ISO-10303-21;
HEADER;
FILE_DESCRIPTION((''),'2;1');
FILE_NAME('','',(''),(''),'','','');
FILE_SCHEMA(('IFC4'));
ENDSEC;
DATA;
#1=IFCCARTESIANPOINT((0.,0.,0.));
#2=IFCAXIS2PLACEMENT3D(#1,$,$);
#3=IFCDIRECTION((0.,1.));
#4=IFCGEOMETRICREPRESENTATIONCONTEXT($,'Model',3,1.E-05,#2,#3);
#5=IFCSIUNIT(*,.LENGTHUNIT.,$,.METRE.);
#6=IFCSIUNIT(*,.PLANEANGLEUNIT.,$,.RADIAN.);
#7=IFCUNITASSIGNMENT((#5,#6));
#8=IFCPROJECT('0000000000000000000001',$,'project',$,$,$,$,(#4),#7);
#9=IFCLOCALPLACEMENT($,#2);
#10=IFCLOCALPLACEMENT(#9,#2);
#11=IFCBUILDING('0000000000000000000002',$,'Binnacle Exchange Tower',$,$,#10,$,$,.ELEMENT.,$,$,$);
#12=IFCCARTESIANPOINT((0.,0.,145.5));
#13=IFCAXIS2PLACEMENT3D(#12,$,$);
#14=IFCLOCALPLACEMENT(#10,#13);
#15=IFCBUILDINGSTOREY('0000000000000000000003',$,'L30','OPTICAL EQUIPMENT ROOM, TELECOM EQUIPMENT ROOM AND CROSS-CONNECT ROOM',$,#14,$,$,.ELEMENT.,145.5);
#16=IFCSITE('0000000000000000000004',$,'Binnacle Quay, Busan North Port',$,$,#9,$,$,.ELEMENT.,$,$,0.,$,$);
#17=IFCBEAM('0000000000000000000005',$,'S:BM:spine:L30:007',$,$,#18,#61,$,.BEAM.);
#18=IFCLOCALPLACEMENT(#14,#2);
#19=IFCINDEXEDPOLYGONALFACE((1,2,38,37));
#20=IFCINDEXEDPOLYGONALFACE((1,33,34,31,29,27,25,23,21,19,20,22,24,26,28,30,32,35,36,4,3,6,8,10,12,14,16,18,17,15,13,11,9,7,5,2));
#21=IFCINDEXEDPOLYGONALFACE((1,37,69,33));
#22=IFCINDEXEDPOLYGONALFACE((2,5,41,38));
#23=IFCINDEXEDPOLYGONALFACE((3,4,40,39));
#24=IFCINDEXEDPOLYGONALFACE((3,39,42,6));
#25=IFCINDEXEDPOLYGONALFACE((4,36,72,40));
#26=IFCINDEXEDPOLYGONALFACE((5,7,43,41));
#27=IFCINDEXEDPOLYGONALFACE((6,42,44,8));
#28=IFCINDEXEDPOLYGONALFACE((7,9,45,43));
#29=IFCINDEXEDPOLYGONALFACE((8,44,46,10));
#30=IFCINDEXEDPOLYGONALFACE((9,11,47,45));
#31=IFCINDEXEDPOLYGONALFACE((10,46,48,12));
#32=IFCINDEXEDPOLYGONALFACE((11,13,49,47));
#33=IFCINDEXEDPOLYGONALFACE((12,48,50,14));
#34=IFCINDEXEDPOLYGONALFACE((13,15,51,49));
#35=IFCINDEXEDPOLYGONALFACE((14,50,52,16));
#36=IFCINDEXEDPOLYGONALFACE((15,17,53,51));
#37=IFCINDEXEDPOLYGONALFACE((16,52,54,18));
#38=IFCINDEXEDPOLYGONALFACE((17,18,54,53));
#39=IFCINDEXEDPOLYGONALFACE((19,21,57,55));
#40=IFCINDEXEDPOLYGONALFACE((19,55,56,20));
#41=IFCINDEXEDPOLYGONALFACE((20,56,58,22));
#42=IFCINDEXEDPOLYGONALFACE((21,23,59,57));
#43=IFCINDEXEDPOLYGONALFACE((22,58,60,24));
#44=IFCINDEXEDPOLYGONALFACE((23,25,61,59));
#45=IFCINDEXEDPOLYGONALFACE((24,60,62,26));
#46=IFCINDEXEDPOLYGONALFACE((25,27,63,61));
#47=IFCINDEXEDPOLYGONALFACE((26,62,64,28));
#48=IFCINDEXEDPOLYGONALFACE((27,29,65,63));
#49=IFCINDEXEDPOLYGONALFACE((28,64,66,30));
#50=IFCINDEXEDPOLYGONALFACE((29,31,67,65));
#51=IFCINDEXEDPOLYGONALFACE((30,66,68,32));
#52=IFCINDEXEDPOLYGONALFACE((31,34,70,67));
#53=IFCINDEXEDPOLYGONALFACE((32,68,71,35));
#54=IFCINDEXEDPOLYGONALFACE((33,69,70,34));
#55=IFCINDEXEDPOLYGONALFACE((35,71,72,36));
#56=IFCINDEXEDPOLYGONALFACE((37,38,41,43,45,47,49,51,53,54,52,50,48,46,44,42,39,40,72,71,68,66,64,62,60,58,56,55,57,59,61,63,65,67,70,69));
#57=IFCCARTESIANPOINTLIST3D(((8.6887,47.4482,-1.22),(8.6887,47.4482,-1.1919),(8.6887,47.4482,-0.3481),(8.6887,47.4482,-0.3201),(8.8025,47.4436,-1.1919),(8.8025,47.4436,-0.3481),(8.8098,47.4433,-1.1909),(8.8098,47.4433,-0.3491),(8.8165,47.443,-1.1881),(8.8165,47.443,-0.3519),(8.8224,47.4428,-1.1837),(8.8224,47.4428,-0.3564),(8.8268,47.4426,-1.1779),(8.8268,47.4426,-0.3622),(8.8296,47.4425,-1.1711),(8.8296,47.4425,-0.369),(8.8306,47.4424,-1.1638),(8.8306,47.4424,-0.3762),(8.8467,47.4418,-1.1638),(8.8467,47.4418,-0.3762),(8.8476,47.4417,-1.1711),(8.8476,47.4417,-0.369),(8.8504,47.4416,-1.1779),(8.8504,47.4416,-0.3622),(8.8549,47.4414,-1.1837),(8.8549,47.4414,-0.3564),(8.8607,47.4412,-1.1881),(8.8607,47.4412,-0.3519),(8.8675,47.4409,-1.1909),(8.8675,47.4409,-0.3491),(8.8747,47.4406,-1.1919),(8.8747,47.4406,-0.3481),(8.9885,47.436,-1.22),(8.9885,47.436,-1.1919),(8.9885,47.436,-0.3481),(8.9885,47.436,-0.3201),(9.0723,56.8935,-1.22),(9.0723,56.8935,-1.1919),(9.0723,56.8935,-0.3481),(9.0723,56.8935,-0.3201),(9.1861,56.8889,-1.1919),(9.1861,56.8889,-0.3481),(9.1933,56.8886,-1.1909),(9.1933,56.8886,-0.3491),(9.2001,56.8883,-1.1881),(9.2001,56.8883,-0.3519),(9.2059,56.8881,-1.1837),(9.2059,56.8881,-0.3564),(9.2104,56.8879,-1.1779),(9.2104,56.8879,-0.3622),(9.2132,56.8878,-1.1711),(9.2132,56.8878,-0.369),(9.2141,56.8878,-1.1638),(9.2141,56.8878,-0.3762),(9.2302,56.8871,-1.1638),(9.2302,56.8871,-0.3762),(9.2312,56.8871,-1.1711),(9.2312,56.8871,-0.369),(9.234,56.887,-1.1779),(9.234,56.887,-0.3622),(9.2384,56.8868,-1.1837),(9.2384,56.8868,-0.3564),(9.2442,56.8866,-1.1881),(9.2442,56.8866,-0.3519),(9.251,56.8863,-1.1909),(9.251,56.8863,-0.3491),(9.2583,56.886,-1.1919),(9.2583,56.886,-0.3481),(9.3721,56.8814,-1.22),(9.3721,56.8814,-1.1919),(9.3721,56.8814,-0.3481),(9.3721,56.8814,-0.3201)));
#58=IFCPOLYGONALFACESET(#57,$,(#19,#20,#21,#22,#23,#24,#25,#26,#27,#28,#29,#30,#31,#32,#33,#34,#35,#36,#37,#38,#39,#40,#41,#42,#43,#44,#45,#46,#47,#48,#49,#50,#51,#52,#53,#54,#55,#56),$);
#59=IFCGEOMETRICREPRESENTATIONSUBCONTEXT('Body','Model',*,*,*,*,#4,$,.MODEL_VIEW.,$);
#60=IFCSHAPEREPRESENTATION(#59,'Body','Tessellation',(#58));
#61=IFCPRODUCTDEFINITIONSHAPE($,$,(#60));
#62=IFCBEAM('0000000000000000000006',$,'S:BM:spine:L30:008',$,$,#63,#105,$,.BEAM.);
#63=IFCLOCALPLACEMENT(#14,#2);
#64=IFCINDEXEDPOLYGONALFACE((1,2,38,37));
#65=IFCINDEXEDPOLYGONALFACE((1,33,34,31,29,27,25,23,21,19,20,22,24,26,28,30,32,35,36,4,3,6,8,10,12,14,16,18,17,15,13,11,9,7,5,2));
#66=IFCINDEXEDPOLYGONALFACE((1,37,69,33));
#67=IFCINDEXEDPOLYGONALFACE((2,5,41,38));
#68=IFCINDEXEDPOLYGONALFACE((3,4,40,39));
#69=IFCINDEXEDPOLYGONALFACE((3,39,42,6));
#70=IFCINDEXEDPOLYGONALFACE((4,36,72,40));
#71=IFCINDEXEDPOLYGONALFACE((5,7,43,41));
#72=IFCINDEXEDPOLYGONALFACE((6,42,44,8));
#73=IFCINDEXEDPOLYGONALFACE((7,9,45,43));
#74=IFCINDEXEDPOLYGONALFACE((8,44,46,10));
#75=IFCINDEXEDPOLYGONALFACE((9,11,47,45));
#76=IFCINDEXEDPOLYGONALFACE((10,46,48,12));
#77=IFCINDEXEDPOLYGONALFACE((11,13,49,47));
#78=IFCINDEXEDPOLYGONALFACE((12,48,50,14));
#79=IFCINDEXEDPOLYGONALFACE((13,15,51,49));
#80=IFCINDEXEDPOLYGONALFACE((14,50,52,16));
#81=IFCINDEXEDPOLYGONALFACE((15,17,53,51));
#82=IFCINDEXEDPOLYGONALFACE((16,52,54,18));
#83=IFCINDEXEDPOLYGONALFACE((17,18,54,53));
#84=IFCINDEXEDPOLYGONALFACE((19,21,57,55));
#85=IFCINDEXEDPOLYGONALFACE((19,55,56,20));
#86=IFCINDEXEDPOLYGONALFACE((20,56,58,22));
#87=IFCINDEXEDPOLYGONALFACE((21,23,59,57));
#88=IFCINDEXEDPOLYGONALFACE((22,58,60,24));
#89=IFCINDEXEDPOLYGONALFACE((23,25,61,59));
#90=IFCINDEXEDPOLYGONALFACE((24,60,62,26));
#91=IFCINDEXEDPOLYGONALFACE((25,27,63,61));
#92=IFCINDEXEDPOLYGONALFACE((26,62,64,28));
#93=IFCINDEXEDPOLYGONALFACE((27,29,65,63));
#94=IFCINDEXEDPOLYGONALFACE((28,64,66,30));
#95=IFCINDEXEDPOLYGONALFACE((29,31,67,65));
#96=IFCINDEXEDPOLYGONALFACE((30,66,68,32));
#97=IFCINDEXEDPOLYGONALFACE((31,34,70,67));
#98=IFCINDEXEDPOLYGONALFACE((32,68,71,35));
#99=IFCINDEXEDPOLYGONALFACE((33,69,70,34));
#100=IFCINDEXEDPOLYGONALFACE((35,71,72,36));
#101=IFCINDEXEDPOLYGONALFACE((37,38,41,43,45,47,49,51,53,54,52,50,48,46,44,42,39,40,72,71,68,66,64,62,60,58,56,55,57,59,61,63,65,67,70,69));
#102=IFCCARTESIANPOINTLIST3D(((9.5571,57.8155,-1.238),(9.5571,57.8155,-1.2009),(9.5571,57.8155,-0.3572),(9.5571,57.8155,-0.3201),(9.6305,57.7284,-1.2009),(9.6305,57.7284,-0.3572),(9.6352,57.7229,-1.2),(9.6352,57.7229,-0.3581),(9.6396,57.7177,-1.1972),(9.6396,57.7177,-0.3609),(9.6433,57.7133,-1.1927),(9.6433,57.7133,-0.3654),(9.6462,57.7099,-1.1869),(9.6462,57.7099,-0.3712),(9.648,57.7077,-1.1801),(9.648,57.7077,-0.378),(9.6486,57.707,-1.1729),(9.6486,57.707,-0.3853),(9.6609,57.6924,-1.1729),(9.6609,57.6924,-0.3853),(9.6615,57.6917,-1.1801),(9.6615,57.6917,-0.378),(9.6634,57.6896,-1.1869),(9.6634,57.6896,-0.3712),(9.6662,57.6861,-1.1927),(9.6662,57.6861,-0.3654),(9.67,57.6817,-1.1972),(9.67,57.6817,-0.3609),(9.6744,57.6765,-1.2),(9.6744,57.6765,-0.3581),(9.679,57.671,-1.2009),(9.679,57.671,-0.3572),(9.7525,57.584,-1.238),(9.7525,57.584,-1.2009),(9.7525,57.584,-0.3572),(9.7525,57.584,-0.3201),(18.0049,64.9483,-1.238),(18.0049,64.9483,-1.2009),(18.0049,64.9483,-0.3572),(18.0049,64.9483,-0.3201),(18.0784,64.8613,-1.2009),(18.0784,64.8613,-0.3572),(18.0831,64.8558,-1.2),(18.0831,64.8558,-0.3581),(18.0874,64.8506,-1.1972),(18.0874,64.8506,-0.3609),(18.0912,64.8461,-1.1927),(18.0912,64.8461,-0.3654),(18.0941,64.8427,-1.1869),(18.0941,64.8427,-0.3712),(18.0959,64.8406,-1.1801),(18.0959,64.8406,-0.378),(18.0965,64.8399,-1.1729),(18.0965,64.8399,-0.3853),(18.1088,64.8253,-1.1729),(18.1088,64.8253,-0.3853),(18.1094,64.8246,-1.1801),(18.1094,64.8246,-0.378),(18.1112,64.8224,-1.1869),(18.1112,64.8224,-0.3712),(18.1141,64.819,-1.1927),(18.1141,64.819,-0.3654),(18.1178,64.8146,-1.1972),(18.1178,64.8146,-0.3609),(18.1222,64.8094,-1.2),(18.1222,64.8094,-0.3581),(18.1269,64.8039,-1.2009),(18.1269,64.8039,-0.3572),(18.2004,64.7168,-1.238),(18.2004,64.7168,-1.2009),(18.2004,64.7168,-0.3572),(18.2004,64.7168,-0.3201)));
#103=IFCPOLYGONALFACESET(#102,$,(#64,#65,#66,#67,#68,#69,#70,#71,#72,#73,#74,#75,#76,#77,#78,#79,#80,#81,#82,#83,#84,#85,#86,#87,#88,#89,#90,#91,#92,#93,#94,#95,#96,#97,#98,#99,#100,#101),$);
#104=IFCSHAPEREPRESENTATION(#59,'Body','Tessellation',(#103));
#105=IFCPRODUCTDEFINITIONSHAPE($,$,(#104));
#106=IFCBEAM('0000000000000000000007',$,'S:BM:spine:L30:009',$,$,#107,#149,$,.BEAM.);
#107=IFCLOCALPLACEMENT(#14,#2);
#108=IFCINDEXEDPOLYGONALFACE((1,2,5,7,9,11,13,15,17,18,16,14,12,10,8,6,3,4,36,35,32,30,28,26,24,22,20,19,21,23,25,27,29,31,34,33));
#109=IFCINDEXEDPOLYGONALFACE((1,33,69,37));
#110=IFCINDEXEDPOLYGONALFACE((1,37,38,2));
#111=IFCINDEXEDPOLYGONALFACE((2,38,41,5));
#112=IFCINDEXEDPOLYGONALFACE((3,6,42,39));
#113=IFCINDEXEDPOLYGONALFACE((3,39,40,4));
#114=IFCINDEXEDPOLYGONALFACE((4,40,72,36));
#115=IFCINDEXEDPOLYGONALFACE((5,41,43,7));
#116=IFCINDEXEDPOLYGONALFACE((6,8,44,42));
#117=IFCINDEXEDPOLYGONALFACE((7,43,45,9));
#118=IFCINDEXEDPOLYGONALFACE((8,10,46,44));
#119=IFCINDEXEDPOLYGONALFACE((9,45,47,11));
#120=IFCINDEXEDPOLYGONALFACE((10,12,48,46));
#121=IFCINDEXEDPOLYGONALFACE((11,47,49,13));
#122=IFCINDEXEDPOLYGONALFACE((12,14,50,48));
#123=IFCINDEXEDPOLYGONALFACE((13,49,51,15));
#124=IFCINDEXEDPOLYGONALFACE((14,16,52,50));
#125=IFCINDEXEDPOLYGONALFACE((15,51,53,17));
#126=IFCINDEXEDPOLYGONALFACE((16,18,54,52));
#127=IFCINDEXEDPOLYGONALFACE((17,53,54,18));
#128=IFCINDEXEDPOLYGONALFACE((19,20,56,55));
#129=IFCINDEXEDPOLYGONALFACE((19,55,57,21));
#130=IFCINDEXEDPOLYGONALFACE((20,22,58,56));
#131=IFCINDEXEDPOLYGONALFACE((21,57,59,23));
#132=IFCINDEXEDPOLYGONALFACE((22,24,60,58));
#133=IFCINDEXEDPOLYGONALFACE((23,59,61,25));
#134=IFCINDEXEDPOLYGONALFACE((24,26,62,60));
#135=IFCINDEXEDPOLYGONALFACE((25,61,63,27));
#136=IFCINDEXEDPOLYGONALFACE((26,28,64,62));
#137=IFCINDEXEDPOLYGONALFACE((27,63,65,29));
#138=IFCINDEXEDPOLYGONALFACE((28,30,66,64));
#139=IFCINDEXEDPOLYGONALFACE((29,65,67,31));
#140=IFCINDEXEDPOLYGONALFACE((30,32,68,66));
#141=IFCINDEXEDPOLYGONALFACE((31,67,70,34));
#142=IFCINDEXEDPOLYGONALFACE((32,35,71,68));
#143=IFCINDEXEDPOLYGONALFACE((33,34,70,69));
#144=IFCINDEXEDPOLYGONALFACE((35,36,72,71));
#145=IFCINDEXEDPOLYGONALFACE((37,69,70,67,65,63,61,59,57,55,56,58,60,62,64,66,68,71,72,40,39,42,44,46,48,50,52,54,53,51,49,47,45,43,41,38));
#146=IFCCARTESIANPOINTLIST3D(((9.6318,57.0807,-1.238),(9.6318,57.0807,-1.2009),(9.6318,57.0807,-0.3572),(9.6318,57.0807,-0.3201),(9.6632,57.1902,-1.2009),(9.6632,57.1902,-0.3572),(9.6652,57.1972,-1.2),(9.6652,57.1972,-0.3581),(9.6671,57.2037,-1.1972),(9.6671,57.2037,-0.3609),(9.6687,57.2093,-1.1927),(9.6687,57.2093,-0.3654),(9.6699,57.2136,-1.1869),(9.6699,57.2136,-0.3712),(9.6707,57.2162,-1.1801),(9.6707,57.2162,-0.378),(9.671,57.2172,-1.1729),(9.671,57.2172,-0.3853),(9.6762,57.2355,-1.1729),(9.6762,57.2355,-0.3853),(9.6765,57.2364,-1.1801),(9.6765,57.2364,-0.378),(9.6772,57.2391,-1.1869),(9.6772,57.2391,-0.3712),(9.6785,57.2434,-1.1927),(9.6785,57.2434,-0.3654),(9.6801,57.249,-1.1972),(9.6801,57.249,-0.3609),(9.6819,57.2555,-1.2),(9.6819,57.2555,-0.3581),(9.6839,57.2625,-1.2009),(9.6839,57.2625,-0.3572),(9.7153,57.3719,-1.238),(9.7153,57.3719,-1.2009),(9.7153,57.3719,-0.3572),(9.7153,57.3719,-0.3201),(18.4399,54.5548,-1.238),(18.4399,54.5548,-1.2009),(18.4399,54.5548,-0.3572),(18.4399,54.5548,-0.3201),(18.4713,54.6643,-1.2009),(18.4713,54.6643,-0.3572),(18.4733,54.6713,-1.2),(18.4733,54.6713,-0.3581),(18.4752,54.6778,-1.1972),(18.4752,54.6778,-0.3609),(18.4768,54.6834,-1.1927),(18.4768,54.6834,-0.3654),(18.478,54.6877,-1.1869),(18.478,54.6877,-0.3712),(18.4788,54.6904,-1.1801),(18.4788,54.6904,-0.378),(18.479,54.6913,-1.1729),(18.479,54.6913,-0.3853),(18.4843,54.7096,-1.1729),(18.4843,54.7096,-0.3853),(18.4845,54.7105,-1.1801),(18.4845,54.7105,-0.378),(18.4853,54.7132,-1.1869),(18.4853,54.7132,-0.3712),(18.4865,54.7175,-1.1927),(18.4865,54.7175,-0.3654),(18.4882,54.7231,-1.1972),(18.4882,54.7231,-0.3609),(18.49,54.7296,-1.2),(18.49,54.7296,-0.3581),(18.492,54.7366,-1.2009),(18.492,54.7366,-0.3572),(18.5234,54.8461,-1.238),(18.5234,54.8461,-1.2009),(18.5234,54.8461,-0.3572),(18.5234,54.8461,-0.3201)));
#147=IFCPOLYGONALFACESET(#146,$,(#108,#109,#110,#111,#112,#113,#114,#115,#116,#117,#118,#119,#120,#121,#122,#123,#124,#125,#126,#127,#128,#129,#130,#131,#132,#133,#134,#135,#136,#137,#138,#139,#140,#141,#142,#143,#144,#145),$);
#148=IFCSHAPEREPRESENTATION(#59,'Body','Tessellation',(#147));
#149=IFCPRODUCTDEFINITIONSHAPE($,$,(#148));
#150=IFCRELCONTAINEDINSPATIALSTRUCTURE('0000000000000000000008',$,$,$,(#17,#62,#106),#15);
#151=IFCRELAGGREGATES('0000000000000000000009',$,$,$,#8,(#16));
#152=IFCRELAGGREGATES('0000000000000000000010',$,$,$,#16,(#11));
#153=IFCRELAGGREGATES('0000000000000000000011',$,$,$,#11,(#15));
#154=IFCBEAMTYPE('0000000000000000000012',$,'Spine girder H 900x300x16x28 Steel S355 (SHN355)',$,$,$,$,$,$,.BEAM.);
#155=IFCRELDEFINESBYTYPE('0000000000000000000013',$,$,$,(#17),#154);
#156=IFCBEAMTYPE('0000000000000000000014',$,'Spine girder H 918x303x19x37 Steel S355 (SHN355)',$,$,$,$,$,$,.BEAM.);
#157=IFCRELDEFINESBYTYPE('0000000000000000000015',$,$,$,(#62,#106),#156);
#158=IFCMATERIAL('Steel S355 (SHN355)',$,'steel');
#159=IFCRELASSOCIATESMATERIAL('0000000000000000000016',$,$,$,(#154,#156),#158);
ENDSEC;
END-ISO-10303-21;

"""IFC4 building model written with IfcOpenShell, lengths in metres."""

from ifc_helpers import new_model, si_unit, direction, frame, origin, origin_2d, place, context, subcontext, project, spatial, i_section, extrude, material, material_profile, profile_set, type_object, element, save


model = new_model("IFC4")

# Units and contexts
model_context = context("Model", 3, precision=1e-05, world=origin(), true_north=direction((0.0, 1.0)))
body_context = subcontext(model_context, "Body", "Model", "MODEL_VIEW")
ifc_project = project(units=[si_unit("LENGTHUNIT", "METRE"), si_unit("PLANEANGLEUNIT", "RADIAN")], contexts=[model_context])

# Site, building, storey
site_placement = place(None, origin())
site = spatial("IfcSite", under=ifc_project, at=site_placement, Name="Binnacle Quay, Busan North Port", CompositionType="ELEMENT", RefElevation=0.0)
building_placement = place(site_placement, origin())
building = spatial("IfcBuilding", under=site, at=building_placement, Name="Binnacle Exchange Tower", CompositionType="ELEMENT")
storey_placement = place(building_placement, frame((0.0, 0.0, 145.5)))
storey = spatial("IfcBuildingStorey", under=building, at=storey_placement, Name="L30", Description="OPTICAL EQUIPMENT ROOM, TELECOM EQUIPMENT ROOM AND CROSS-CONNECT ROOM", CompositionType="ELEMENT", Elevation=145.5)

# Beams
ifc_material_1 = material(Name="Steel S355 (SHN355)", Category="steel")
ifc_material_profile_1 = material_profile(ifc_material_1, i_section(OverallWidth=0.3, OverallDepth=0.8999, WebThickness=0.0161, FlangeThickness=0.0281, FilletRadius=0.0281, at=origin_2d()), Name="H 900x300x16x28")
ifc_profile_set_1 = profile_set([ifc_material_profile_1], Name="Steel S355 (SHN355)")
beam_type_1 = type_object("IfcBeamType", Name="Spine girder H 900x300x16x28 Steel S355 (SHN355)", PredefinedType="BEAM", material=ifc_profile_set_1)
beam_1_placement = place(storey_placement, frame((9.2222, 56.8875, -0.77), z_axis=(-0.040573, -0.999177, 0.0), x_axis=(0.999177, -0.040573, 0.0)))
element("IfcBeam", 1, at=beam_1_placement, inside=storey, type_object=beam_type_1, Name="S:BM:spine:L30:007", PredefinedType="BEAM", context=body_context, shape_type="SweptSolid", body=[
    extrude(i_section(OverallWidth=0.3, OverallDepth=0.8999, WebThickness=0.0161, FlangeThickness=0.0281, FilletRadius=0.0281, at=origin_2d()), origin(), (0.0, 0.0, 1.0), 9.4531),
])
ifc_material_profile_2 = material_profile(ifc_material_1, i_section(OverallWidth=0.303, OverallDepth=0.918, WebThickness=0.019, FlangeThickness=0.0371, FilletRadius=0.0281, at=origin_2d()), Name="H 918x303x19x37")
ifc_profile_set_2 = profile_set([ifc_material_profile_2], Name="Steel S355 (SHN355)")
beam_type_2 = type_object("IfcBeamType", Name="Spine girder H 918x303x19x37 Steel S355 (SHN355)", PredefinedType="BEAM", material=ifc_profile_set_2)
beam_2_placement = place(storey_placement, frame((9.6548, 57.6997, -0.7791), z_axis=(0.764068, 0.645136, 0.0), x_axis=(-0.645136, 0.764068, 0.0)))
element("IfcBeam", 2, at=beam_2_placement, inside=storey, type_object=beam_type_2, Name="S:BM:spine:L30:008", PredefinedType="BEAM", context=body_context, shape_type="SweptSolid", body=[
    extrude(i_section(OverallWidth=0.303, OverallDepth=0.918, WebThickness=0.019, FlangeThickness=0.0371, FilletRadius=0.0281, at=origin_2d()), origin(), (0.0, 0.0, 1.0), 11.0564),
])
beam_3_placement = place(storey_placement, frame((9.6736, 57.2263, -0.7791), z_axis=(0.961256, -0.275657, 0.0), x_axis=(0.275657, 0.961256, 0.0)))
element("IfcBeam", 3, at=beam_3_placement, inside=storey, type_object=beam_type_2, Name="S:BM:spine:L30:009", PredefinedType="BEAM", context=body_context, shape_type="SweptSolid", body=[
    extrude(i_section(OverallWidth=0.303, OverallDepth=0.918, WebThickness=0.019, FlangeThickness=0.0371, FilletRadius=0.0281, at=origin_2d()), origin(), (0.0, 0.0, 1.0), 9.1631),
])

save(model, "model.ifc")
